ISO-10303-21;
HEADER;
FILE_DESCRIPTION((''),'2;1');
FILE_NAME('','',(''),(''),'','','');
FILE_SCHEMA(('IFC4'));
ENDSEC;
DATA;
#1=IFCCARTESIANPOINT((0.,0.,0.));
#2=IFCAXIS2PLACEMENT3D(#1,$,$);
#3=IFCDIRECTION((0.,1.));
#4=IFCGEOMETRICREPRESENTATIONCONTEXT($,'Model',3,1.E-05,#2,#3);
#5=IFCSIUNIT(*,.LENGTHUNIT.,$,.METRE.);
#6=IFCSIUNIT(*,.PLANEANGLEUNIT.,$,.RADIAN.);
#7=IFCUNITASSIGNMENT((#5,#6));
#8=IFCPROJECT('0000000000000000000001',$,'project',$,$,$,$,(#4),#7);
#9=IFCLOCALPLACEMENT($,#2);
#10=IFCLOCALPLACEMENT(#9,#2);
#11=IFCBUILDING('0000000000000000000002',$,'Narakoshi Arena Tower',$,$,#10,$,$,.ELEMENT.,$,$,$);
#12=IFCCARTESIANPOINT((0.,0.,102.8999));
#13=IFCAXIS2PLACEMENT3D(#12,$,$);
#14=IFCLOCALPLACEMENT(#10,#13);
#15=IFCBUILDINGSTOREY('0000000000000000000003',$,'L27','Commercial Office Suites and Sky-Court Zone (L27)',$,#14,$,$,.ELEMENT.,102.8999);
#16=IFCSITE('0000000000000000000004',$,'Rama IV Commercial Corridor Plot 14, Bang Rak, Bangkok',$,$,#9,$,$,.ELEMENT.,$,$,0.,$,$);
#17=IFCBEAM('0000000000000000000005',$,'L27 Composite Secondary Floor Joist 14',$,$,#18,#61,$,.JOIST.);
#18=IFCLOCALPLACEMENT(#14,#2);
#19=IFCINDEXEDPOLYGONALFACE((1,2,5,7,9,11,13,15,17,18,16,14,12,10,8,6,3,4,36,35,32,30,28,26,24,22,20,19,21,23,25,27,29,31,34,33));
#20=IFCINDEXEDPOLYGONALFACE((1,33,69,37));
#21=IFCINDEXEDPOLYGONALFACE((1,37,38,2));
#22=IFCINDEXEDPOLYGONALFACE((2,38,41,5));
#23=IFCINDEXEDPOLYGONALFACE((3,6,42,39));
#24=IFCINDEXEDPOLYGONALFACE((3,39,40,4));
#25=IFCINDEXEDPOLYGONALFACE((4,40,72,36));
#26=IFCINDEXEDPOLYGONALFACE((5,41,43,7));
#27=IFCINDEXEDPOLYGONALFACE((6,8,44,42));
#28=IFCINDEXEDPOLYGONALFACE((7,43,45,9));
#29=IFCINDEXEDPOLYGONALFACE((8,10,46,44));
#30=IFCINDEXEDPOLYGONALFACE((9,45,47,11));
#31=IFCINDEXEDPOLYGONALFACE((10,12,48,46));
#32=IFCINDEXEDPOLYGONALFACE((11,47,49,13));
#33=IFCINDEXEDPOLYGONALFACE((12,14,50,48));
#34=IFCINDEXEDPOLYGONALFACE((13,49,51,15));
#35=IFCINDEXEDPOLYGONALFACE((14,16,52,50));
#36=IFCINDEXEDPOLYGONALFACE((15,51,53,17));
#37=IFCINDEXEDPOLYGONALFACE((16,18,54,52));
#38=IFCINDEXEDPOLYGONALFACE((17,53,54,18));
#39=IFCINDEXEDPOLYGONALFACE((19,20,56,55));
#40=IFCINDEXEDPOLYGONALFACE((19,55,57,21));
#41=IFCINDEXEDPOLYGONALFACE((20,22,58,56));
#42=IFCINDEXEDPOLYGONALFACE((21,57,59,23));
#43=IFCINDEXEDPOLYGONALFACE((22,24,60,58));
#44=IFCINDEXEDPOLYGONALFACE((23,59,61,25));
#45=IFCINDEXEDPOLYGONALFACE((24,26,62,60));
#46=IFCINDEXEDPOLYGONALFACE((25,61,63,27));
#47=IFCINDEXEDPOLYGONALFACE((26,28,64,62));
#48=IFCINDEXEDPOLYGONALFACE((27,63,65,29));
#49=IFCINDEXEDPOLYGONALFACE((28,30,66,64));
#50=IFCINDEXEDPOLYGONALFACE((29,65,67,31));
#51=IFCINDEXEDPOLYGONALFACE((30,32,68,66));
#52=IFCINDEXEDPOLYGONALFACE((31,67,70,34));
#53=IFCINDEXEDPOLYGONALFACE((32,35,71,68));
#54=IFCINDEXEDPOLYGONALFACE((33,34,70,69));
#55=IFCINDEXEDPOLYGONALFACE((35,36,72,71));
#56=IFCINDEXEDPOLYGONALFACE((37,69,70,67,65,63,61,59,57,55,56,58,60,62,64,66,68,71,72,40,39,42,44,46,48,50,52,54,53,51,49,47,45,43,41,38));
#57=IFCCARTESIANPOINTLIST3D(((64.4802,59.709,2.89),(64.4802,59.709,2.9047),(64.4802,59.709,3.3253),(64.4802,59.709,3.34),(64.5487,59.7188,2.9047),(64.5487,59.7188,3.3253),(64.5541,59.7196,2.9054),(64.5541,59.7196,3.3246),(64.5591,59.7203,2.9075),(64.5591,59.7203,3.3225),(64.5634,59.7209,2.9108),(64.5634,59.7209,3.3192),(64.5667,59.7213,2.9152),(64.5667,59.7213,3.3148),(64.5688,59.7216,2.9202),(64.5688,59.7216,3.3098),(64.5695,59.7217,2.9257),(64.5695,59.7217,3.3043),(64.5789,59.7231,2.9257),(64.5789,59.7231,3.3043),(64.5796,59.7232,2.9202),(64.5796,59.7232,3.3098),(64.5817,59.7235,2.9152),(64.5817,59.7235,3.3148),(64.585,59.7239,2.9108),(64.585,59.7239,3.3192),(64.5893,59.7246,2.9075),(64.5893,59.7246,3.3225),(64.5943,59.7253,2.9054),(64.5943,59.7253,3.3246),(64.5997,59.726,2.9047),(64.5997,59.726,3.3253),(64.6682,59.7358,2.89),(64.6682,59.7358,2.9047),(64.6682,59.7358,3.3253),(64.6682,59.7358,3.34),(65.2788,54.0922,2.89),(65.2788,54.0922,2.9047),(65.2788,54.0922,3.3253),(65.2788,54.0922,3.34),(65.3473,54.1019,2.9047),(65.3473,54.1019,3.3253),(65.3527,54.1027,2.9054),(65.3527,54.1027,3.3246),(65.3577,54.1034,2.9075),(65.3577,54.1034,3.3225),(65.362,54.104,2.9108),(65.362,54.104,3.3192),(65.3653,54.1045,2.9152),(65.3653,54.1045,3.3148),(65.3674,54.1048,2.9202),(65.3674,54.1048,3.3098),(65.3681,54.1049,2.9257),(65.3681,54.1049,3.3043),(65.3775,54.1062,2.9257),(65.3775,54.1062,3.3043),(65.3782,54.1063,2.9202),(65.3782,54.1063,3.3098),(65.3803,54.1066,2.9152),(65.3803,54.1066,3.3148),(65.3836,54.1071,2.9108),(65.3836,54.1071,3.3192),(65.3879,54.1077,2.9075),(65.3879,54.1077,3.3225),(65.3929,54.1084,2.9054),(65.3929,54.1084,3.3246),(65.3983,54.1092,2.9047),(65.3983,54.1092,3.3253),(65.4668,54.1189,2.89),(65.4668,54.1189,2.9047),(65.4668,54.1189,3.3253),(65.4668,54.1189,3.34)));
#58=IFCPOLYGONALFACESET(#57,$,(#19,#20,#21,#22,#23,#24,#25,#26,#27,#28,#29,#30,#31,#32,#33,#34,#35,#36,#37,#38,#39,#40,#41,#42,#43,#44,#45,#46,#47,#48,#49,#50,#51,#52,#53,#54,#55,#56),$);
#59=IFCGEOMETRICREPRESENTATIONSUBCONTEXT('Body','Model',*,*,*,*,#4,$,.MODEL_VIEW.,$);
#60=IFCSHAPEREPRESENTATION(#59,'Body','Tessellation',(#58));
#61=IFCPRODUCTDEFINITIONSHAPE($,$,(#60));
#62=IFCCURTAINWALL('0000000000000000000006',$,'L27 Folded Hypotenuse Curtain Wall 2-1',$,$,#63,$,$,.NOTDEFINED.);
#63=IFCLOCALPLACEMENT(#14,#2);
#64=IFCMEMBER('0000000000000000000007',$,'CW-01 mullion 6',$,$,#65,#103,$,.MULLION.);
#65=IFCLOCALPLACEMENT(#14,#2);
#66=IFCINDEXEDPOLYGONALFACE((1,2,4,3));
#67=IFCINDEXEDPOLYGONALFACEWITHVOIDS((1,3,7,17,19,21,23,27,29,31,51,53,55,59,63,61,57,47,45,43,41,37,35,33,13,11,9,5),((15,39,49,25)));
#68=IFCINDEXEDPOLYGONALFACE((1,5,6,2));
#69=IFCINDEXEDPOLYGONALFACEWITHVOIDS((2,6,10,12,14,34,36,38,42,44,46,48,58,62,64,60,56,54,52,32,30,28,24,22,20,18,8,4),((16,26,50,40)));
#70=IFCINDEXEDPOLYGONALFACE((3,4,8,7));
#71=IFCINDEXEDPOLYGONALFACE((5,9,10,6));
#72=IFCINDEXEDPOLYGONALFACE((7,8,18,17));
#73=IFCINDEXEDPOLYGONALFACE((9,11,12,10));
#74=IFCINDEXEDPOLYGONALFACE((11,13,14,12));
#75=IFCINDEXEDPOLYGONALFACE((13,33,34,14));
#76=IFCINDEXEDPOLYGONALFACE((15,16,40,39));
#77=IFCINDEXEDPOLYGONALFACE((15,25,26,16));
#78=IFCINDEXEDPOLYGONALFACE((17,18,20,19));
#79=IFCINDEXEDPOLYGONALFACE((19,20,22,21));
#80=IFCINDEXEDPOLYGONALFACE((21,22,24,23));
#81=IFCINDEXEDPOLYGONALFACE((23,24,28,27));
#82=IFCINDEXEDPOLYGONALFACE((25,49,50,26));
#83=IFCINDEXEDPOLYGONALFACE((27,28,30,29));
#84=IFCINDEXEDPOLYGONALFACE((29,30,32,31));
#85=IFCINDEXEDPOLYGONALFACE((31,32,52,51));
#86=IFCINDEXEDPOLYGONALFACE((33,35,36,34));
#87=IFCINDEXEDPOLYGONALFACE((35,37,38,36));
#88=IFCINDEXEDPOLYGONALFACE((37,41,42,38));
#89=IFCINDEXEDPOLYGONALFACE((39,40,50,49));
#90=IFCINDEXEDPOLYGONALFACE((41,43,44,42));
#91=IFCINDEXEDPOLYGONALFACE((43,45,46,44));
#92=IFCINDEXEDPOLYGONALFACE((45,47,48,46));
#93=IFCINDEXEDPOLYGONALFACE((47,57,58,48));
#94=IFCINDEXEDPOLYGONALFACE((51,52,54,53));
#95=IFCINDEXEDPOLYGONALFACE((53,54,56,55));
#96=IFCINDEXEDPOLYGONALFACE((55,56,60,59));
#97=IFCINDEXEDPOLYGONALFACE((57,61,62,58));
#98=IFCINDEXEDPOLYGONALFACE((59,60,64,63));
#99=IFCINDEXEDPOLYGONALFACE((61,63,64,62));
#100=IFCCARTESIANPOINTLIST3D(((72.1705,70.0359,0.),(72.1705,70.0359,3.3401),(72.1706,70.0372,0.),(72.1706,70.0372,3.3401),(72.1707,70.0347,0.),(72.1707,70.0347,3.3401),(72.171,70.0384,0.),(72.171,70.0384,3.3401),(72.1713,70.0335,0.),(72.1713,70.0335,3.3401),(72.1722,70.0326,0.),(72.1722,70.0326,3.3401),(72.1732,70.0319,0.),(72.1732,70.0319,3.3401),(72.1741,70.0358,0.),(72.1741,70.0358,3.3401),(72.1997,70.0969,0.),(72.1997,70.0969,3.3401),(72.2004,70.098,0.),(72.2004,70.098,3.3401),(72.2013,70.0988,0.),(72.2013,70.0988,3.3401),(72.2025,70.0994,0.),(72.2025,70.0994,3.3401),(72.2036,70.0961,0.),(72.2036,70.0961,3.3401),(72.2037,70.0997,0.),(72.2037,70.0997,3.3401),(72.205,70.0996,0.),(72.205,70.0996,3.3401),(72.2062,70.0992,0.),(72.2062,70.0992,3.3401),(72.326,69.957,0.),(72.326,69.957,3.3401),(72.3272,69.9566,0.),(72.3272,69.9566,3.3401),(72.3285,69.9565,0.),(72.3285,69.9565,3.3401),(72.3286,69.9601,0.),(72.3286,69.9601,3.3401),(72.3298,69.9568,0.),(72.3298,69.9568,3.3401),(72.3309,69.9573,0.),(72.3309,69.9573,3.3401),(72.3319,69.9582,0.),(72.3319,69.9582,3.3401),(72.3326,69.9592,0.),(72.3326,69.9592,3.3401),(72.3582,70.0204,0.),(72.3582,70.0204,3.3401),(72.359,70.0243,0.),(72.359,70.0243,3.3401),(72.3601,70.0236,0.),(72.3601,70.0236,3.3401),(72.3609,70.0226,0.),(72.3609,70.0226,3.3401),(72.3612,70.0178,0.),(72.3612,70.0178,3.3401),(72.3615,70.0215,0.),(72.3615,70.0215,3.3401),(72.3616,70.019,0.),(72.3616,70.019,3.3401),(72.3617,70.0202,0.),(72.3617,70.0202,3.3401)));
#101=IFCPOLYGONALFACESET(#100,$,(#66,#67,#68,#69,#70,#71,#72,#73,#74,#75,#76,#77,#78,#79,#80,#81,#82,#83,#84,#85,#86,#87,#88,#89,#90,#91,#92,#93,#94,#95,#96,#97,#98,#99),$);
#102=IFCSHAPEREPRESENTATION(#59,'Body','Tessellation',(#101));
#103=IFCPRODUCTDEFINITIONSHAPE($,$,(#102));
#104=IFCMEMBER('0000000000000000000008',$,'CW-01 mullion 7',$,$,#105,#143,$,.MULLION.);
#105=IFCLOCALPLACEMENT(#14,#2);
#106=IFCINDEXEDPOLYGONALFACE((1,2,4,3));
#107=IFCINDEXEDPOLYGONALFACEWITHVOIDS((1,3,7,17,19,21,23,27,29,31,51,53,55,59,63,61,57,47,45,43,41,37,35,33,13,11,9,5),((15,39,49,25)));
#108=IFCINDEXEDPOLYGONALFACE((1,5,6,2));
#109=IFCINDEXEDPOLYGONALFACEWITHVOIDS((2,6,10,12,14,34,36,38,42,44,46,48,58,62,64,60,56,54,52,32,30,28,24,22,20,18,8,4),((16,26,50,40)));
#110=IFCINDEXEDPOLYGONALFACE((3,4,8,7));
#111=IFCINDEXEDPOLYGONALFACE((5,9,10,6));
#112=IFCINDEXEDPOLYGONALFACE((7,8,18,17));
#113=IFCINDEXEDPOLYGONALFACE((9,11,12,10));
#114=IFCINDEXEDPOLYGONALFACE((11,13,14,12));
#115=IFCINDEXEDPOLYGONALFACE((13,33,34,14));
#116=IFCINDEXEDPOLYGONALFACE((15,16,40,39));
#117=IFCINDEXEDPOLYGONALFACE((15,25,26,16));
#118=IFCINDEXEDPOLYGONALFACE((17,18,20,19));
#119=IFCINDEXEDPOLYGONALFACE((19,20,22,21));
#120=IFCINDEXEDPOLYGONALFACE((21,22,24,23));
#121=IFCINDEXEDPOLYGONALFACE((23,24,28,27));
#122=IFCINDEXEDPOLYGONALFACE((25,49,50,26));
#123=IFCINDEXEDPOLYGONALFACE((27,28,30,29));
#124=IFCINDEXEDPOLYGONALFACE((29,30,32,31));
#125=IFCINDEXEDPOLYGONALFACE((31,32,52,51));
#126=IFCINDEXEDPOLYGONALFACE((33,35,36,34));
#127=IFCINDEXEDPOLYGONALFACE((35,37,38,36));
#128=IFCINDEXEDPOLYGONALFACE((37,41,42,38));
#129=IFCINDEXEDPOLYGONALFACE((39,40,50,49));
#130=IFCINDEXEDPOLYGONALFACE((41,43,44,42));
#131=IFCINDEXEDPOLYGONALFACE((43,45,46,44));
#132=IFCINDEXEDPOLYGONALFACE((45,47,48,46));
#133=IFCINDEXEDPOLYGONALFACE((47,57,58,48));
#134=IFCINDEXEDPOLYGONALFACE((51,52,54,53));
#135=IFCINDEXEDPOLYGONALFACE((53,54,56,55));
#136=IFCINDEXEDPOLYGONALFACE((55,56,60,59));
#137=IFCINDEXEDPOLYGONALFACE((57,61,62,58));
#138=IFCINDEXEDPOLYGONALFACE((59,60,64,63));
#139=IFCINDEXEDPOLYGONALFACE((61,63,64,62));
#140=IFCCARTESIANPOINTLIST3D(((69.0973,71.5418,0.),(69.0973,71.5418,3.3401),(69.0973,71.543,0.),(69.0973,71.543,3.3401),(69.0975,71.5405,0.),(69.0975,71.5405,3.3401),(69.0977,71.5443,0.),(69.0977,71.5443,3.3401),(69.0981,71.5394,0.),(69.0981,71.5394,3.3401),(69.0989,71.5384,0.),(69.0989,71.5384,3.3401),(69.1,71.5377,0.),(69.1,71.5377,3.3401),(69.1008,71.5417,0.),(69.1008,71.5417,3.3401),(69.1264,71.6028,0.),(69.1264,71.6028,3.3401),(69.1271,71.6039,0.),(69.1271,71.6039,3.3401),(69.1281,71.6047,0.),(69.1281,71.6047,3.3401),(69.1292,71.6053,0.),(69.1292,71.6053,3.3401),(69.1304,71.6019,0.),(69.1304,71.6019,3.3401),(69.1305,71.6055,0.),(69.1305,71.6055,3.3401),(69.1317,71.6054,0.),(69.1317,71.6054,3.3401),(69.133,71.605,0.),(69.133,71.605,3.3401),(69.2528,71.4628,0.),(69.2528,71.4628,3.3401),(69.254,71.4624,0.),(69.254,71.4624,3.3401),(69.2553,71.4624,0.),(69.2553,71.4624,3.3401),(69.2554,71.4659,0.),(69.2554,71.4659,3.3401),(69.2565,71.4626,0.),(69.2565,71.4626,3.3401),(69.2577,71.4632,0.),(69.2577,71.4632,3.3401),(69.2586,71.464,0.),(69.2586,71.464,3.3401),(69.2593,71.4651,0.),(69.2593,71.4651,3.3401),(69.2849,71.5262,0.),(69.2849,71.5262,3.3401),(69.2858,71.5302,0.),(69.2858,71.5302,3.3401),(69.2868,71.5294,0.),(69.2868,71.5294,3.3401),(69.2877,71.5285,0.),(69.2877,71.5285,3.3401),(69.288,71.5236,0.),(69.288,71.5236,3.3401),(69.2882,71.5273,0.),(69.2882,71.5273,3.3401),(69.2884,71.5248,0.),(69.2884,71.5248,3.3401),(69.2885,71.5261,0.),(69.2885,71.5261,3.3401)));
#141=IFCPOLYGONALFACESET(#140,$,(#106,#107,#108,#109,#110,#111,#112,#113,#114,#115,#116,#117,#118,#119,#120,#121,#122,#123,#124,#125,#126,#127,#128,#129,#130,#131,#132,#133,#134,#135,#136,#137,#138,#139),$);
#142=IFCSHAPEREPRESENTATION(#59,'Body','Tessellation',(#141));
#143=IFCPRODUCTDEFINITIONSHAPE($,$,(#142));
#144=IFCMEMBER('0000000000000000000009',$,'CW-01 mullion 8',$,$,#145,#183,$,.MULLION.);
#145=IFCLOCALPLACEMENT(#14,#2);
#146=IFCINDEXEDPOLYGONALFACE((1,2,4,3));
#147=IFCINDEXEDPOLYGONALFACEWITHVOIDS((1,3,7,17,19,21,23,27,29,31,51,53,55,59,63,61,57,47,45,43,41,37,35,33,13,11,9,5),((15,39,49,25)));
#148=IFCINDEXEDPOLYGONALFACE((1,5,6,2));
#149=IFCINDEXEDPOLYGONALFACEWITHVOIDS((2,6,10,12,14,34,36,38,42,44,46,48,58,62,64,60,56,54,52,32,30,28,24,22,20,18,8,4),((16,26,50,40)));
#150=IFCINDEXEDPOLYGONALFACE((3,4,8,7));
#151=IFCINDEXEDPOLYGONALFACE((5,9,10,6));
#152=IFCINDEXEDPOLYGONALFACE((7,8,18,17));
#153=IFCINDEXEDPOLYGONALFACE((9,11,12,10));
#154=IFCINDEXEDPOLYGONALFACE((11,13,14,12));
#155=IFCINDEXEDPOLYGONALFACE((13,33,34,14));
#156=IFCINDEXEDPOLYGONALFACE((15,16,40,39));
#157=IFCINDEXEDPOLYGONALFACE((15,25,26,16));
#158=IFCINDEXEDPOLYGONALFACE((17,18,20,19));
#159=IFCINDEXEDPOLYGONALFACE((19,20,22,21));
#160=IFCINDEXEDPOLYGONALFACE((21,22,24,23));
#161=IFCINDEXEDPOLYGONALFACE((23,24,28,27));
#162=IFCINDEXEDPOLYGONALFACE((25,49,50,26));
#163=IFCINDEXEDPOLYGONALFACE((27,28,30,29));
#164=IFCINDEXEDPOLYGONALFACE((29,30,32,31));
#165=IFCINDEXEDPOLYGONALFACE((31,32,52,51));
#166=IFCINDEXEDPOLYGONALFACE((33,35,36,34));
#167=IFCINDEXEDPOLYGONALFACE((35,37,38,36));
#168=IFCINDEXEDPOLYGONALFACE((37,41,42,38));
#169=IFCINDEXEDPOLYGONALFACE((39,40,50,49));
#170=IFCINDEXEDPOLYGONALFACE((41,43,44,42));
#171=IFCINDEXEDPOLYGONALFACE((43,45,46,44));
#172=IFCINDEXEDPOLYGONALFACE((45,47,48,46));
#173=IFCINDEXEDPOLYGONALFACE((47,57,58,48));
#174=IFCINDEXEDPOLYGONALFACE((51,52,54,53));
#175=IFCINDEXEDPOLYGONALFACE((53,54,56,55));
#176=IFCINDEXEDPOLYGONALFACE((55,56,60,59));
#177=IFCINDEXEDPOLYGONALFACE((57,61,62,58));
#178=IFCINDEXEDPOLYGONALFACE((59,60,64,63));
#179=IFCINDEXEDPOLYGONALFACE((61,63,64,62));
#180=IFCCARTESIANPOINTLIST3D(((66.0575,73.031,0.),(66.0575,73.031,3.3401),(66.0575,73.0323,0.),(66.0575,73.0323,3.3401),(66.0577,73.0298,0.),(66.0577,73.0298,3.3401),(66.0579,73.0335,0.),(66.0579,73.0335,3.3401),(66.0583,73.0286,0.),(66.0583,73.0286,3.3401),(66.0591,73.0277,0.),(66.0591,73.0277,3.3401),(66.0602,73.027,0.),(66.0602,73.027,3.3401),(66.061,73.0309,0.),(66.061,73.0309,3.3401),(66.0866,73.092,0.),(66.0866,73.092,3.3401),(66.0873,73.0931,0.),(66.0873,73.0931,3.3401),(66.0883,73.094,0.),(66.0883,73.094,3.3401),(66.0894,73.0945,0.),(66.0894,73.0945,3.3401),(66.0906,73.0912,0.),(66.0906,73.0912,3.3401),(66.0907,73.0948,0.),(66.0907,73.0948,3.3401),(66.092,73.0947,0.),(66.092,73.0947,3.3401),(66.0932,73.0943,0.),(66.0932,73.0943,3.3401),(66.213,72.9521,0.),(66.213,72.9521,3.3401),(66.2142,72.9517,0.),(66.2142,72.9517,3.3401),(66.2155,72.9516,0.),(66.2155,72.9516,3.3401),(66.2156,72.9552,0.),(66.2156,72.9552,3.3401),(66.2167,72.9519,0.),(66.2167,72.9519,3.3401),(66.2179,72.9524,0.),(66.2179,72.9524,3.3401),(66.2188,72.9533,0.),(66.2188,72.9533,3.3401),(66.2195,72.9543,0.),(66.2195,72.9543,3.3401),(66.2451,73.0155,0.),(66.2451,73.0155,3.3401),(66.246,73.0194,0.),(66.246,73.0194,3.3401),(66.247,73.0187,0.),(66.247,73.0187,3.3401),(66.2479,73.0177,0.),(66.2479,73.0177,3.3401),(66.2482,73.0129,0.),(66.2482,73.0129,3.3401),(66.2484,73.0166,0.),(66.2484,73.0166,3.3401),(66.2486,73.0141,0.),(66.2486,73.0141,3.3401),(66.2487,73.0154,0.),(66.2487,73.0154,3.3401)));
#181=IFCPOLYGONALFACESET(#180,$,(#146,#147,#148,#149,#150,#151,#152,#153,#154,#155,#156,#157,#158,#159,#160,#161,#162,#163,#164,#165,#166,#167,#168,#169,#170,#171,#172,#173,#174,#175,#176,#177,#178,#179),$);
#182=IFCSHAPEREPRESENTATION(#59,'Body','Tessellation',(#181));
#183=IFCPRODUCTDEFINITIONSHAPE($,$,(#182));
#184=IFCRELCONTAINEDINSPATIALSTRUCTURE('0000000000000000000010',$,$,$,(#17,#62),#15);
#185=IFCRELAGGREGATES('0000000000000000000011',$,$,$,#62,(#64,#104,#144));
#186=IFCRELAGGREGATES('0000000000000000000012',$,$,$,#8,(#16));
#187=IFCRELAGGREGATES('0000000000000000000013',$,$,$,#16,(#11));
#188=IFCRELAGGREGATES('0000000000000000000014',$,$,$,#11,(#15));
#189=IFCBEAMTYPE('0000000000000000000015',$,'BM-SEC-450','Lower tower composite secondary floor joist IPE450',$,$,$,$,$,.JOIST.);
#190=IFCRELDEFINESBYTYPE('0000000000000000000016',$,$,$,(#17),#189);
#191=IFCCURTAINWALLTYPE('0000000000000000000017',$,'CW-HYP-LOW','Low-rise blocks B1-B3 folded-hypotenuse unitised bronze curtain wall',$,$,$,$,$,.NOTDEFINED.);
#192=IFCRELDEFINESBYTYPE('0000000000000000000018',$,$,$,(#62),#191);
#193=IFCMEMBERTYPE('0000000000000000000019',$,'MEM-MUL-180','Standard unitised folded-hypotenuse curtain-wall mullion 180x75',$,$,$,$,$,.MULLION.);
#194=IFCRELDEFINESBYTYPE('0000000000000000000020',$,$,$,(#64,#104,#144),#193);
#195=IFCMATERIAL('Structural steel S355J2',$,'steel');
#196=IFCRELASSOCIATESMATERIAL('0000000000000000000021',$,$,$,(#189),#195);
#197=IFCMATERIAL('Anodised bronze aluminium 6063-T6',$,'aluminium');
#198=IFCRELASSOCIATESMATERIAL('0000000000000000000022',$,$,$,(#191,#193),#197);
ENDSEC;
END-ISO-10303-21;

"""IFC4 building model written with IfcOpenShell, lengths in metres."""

from ifc_helpers import new_model, si_unit, direction, frame, origin, origin_2d, place, context, subcontext, project, spatial, hollow_rectangle, i_section, extrude, material, material_profile, profile_set, type_object, element, aggregate, save


model = new_model("IFC4")

# Units and contexts
model_context = context("Model", 3, precision=1e-05, world=origin(), true_north=direction((0.0, 1.0)))
body_context = subcontext(model_context, "Body", "Model", "MODEL_VIEW")
ifc_project = project(units=[si_unit("LENGTHUNIT", "METRE"), si_unit("PLANEANGLEUNIT", "RADIAN")], contexts=[model_context])

# Site, building, storey
site_placement = place(None, origin())
site = spatial("IfcSite", under=ifc_project, at=site_placement, Name="Rama IV Commercial Corridor Plot 14, Bang Rak, Bangkok", CompositionType="ELEMENT", RefElevation=0.0)
building_placement = place(site_placement, origin())
building = spatial("IfcBuilding", under=site, at=building_placement, Name="Narakoshi Arena Tower", CompositionType="ELEMENT")
storey_placement = place(building_placement, frame((0.0, 0.0, 102.8999)))
storey = spatial("IfcBuildingStorey", under=building, at=storey_placement, Name="L27", Description="Commercial Office Suites and Sky-Court Zone (L27)", CompositionType="ELEMENT", Elevation=102.8999)

# Beam
ifc_material_1 = material(Name="Structural steel S355J2", Category="steel")
ifc_material_profile_1 = material_profile(ifc_material_1, i_section(OverallWidth=0.1899, OverallDepth=0.45, WebThickness=0.0095, FlangeThickness=0.0146, FilletRadius=0.021, at=origin_2d()), Name="IPE450")
ifc_profile_set_1 = profile_set([ifc_material_profile_1], Name="Structural steel S355J2")
beam_type_1 = type_object("IfcBeamType", Name="BM-SEC-450", Description="Lower tower composite secondary floor joist IPE450", PredefinedType="JOIST", material=ifc_profile_set_1)
beam_1_placement = place(storey_placement, frame((64.5742, 59.7224, 3.115), z_axis=(0.140759, -0.990044, 0.0), x_axis=(0.990044, 0.140759, 0.0)))
element("IfcBeam", 1, at=beam_1_placement, inside=storey, type_object=beam_type_1, Name="L27 Composite Secondary Floor Joist 14", PredefinedType="JOIST", context=body_context, shape_type="SweptSolid", body=[
    extrude(i_section(OverallWidth=0.1899, OverallDepth=0.45, WebThickness=0.0095, FlangeThickness=0.0146, FilletRadius=0.021, at=origin_2d()), origin(), (0.0, 0.0, 1.0), 5.6733),
])

# Curtain wall, members
ifc_material_2 = material(Name="Anodised bronze aluminium 6063-T6", Category="aluminium")
curtain_wall_type = type_object("IfcCurtainWallType", Name="CW-HYP-LOW", Description="Low-rise blocks B1-B3 folded-hypotenuse unitised bronze curtain wall", PredefinedType="NOTDEFINED", material=ifc_material_2)
curtain_wall_placement = place(storey_placement, origin())
curtain_wall = element("IfcCurtainWall", 2, at=curtain_wall_placement, inside=storey, type_object=curtain_wall_type, Name="L27 Folded Hypotenuse Curtain Wall 2-1", PredefinedType="NOTDEFINED")
ifc_material_profile_2 = material_profile(ifc_material_2, hollow_rectangle(XDim=0.075, YDim=0.1799, WallThickness=0.0039, OuterFilletRadius=0.0049, at=origin_2d()), Name="MUL180x75x4")
ifc_profile_set_2 = profile_set([ifc_material_profile_2], Name="Anodised bronze aluminium 6063-T6")
member_type_1 = type_object("IfcMemberType", Name="MEM-MUL-180", Description="Standard unitised folded-hypotenuse curtain-wall mullion 180x75", PredefinedType="MULLION", material=ifc_profile_set_2)
member_1_placement = place(storey_placement, frame((72.2661, 70.0281, 0.0), z_axis=(0.0, 0.0, 1.0), x_axis=(-0.440005, -0.897996, 0.0)))
member_1 = element("IfcMember", 3, at=member_1_placement, type_object=member_type_1, Name="CW-01 mullion 6", PredefinedType="MULLION", context=body_context, shape_type="SweptSolid", body=[
    extrude(hollow_rectangle(XDim=0.075, YDim=0.1799, WallThickness=0.0039, OuterFilletRadius=0.0049, at=origin_2d()), origin(), (0.0, 0.0, 1.0), 3.3401),
])
member_2_placement = place(storey_placement, frame((69.1929, 71.5339, 0.0), z_axis=(0.0, 0.0, 1.0), x_axis=(-0.440005, -0.897996, 0.0)))
member_2 = element("IfcMember", 4, at=member_2_placement, type_object=member_type_1, Name="CW-01 mullion 7", PredefinedType="MULLION", context=body_context, shape_type="SweptSolid", body=[
    extrude(hollow_rectangle(XDim=0.075, YDim=0.1799, WallThickness=0.0039, OuterFilletRadius=0.0049, at=origin_2d()), origin(), (0.0, 0.0, 1.0), 3.3401),
])
member_3_placement = place(storey_placement, frame((66.1531, 73.0232, 0.0), z_axis=(0.0, 0.0, 1.0), x_axis=(-0.440005, -0.897996, 0.0)))
member_3 = element("IfcMember", 5, at=member_3_placement, type_object=member_type_1, Name="CW-01 mullion 8", PredefinedType="MULLION", context=body_context, shape_type="SweptSolid", body=[
    extrude(hollow_rectangle(XDim=0.075, YDim=0.1799, WallThickness=0.0039, OuterFilletRadius=0.0049, at=origin_2d()), origin(), (0.0, 0.0, 1.0), 3.3401),
])
aggregate(curtain_wall, [member_1, member_2, member_3])

save(model, "model.ifc")
